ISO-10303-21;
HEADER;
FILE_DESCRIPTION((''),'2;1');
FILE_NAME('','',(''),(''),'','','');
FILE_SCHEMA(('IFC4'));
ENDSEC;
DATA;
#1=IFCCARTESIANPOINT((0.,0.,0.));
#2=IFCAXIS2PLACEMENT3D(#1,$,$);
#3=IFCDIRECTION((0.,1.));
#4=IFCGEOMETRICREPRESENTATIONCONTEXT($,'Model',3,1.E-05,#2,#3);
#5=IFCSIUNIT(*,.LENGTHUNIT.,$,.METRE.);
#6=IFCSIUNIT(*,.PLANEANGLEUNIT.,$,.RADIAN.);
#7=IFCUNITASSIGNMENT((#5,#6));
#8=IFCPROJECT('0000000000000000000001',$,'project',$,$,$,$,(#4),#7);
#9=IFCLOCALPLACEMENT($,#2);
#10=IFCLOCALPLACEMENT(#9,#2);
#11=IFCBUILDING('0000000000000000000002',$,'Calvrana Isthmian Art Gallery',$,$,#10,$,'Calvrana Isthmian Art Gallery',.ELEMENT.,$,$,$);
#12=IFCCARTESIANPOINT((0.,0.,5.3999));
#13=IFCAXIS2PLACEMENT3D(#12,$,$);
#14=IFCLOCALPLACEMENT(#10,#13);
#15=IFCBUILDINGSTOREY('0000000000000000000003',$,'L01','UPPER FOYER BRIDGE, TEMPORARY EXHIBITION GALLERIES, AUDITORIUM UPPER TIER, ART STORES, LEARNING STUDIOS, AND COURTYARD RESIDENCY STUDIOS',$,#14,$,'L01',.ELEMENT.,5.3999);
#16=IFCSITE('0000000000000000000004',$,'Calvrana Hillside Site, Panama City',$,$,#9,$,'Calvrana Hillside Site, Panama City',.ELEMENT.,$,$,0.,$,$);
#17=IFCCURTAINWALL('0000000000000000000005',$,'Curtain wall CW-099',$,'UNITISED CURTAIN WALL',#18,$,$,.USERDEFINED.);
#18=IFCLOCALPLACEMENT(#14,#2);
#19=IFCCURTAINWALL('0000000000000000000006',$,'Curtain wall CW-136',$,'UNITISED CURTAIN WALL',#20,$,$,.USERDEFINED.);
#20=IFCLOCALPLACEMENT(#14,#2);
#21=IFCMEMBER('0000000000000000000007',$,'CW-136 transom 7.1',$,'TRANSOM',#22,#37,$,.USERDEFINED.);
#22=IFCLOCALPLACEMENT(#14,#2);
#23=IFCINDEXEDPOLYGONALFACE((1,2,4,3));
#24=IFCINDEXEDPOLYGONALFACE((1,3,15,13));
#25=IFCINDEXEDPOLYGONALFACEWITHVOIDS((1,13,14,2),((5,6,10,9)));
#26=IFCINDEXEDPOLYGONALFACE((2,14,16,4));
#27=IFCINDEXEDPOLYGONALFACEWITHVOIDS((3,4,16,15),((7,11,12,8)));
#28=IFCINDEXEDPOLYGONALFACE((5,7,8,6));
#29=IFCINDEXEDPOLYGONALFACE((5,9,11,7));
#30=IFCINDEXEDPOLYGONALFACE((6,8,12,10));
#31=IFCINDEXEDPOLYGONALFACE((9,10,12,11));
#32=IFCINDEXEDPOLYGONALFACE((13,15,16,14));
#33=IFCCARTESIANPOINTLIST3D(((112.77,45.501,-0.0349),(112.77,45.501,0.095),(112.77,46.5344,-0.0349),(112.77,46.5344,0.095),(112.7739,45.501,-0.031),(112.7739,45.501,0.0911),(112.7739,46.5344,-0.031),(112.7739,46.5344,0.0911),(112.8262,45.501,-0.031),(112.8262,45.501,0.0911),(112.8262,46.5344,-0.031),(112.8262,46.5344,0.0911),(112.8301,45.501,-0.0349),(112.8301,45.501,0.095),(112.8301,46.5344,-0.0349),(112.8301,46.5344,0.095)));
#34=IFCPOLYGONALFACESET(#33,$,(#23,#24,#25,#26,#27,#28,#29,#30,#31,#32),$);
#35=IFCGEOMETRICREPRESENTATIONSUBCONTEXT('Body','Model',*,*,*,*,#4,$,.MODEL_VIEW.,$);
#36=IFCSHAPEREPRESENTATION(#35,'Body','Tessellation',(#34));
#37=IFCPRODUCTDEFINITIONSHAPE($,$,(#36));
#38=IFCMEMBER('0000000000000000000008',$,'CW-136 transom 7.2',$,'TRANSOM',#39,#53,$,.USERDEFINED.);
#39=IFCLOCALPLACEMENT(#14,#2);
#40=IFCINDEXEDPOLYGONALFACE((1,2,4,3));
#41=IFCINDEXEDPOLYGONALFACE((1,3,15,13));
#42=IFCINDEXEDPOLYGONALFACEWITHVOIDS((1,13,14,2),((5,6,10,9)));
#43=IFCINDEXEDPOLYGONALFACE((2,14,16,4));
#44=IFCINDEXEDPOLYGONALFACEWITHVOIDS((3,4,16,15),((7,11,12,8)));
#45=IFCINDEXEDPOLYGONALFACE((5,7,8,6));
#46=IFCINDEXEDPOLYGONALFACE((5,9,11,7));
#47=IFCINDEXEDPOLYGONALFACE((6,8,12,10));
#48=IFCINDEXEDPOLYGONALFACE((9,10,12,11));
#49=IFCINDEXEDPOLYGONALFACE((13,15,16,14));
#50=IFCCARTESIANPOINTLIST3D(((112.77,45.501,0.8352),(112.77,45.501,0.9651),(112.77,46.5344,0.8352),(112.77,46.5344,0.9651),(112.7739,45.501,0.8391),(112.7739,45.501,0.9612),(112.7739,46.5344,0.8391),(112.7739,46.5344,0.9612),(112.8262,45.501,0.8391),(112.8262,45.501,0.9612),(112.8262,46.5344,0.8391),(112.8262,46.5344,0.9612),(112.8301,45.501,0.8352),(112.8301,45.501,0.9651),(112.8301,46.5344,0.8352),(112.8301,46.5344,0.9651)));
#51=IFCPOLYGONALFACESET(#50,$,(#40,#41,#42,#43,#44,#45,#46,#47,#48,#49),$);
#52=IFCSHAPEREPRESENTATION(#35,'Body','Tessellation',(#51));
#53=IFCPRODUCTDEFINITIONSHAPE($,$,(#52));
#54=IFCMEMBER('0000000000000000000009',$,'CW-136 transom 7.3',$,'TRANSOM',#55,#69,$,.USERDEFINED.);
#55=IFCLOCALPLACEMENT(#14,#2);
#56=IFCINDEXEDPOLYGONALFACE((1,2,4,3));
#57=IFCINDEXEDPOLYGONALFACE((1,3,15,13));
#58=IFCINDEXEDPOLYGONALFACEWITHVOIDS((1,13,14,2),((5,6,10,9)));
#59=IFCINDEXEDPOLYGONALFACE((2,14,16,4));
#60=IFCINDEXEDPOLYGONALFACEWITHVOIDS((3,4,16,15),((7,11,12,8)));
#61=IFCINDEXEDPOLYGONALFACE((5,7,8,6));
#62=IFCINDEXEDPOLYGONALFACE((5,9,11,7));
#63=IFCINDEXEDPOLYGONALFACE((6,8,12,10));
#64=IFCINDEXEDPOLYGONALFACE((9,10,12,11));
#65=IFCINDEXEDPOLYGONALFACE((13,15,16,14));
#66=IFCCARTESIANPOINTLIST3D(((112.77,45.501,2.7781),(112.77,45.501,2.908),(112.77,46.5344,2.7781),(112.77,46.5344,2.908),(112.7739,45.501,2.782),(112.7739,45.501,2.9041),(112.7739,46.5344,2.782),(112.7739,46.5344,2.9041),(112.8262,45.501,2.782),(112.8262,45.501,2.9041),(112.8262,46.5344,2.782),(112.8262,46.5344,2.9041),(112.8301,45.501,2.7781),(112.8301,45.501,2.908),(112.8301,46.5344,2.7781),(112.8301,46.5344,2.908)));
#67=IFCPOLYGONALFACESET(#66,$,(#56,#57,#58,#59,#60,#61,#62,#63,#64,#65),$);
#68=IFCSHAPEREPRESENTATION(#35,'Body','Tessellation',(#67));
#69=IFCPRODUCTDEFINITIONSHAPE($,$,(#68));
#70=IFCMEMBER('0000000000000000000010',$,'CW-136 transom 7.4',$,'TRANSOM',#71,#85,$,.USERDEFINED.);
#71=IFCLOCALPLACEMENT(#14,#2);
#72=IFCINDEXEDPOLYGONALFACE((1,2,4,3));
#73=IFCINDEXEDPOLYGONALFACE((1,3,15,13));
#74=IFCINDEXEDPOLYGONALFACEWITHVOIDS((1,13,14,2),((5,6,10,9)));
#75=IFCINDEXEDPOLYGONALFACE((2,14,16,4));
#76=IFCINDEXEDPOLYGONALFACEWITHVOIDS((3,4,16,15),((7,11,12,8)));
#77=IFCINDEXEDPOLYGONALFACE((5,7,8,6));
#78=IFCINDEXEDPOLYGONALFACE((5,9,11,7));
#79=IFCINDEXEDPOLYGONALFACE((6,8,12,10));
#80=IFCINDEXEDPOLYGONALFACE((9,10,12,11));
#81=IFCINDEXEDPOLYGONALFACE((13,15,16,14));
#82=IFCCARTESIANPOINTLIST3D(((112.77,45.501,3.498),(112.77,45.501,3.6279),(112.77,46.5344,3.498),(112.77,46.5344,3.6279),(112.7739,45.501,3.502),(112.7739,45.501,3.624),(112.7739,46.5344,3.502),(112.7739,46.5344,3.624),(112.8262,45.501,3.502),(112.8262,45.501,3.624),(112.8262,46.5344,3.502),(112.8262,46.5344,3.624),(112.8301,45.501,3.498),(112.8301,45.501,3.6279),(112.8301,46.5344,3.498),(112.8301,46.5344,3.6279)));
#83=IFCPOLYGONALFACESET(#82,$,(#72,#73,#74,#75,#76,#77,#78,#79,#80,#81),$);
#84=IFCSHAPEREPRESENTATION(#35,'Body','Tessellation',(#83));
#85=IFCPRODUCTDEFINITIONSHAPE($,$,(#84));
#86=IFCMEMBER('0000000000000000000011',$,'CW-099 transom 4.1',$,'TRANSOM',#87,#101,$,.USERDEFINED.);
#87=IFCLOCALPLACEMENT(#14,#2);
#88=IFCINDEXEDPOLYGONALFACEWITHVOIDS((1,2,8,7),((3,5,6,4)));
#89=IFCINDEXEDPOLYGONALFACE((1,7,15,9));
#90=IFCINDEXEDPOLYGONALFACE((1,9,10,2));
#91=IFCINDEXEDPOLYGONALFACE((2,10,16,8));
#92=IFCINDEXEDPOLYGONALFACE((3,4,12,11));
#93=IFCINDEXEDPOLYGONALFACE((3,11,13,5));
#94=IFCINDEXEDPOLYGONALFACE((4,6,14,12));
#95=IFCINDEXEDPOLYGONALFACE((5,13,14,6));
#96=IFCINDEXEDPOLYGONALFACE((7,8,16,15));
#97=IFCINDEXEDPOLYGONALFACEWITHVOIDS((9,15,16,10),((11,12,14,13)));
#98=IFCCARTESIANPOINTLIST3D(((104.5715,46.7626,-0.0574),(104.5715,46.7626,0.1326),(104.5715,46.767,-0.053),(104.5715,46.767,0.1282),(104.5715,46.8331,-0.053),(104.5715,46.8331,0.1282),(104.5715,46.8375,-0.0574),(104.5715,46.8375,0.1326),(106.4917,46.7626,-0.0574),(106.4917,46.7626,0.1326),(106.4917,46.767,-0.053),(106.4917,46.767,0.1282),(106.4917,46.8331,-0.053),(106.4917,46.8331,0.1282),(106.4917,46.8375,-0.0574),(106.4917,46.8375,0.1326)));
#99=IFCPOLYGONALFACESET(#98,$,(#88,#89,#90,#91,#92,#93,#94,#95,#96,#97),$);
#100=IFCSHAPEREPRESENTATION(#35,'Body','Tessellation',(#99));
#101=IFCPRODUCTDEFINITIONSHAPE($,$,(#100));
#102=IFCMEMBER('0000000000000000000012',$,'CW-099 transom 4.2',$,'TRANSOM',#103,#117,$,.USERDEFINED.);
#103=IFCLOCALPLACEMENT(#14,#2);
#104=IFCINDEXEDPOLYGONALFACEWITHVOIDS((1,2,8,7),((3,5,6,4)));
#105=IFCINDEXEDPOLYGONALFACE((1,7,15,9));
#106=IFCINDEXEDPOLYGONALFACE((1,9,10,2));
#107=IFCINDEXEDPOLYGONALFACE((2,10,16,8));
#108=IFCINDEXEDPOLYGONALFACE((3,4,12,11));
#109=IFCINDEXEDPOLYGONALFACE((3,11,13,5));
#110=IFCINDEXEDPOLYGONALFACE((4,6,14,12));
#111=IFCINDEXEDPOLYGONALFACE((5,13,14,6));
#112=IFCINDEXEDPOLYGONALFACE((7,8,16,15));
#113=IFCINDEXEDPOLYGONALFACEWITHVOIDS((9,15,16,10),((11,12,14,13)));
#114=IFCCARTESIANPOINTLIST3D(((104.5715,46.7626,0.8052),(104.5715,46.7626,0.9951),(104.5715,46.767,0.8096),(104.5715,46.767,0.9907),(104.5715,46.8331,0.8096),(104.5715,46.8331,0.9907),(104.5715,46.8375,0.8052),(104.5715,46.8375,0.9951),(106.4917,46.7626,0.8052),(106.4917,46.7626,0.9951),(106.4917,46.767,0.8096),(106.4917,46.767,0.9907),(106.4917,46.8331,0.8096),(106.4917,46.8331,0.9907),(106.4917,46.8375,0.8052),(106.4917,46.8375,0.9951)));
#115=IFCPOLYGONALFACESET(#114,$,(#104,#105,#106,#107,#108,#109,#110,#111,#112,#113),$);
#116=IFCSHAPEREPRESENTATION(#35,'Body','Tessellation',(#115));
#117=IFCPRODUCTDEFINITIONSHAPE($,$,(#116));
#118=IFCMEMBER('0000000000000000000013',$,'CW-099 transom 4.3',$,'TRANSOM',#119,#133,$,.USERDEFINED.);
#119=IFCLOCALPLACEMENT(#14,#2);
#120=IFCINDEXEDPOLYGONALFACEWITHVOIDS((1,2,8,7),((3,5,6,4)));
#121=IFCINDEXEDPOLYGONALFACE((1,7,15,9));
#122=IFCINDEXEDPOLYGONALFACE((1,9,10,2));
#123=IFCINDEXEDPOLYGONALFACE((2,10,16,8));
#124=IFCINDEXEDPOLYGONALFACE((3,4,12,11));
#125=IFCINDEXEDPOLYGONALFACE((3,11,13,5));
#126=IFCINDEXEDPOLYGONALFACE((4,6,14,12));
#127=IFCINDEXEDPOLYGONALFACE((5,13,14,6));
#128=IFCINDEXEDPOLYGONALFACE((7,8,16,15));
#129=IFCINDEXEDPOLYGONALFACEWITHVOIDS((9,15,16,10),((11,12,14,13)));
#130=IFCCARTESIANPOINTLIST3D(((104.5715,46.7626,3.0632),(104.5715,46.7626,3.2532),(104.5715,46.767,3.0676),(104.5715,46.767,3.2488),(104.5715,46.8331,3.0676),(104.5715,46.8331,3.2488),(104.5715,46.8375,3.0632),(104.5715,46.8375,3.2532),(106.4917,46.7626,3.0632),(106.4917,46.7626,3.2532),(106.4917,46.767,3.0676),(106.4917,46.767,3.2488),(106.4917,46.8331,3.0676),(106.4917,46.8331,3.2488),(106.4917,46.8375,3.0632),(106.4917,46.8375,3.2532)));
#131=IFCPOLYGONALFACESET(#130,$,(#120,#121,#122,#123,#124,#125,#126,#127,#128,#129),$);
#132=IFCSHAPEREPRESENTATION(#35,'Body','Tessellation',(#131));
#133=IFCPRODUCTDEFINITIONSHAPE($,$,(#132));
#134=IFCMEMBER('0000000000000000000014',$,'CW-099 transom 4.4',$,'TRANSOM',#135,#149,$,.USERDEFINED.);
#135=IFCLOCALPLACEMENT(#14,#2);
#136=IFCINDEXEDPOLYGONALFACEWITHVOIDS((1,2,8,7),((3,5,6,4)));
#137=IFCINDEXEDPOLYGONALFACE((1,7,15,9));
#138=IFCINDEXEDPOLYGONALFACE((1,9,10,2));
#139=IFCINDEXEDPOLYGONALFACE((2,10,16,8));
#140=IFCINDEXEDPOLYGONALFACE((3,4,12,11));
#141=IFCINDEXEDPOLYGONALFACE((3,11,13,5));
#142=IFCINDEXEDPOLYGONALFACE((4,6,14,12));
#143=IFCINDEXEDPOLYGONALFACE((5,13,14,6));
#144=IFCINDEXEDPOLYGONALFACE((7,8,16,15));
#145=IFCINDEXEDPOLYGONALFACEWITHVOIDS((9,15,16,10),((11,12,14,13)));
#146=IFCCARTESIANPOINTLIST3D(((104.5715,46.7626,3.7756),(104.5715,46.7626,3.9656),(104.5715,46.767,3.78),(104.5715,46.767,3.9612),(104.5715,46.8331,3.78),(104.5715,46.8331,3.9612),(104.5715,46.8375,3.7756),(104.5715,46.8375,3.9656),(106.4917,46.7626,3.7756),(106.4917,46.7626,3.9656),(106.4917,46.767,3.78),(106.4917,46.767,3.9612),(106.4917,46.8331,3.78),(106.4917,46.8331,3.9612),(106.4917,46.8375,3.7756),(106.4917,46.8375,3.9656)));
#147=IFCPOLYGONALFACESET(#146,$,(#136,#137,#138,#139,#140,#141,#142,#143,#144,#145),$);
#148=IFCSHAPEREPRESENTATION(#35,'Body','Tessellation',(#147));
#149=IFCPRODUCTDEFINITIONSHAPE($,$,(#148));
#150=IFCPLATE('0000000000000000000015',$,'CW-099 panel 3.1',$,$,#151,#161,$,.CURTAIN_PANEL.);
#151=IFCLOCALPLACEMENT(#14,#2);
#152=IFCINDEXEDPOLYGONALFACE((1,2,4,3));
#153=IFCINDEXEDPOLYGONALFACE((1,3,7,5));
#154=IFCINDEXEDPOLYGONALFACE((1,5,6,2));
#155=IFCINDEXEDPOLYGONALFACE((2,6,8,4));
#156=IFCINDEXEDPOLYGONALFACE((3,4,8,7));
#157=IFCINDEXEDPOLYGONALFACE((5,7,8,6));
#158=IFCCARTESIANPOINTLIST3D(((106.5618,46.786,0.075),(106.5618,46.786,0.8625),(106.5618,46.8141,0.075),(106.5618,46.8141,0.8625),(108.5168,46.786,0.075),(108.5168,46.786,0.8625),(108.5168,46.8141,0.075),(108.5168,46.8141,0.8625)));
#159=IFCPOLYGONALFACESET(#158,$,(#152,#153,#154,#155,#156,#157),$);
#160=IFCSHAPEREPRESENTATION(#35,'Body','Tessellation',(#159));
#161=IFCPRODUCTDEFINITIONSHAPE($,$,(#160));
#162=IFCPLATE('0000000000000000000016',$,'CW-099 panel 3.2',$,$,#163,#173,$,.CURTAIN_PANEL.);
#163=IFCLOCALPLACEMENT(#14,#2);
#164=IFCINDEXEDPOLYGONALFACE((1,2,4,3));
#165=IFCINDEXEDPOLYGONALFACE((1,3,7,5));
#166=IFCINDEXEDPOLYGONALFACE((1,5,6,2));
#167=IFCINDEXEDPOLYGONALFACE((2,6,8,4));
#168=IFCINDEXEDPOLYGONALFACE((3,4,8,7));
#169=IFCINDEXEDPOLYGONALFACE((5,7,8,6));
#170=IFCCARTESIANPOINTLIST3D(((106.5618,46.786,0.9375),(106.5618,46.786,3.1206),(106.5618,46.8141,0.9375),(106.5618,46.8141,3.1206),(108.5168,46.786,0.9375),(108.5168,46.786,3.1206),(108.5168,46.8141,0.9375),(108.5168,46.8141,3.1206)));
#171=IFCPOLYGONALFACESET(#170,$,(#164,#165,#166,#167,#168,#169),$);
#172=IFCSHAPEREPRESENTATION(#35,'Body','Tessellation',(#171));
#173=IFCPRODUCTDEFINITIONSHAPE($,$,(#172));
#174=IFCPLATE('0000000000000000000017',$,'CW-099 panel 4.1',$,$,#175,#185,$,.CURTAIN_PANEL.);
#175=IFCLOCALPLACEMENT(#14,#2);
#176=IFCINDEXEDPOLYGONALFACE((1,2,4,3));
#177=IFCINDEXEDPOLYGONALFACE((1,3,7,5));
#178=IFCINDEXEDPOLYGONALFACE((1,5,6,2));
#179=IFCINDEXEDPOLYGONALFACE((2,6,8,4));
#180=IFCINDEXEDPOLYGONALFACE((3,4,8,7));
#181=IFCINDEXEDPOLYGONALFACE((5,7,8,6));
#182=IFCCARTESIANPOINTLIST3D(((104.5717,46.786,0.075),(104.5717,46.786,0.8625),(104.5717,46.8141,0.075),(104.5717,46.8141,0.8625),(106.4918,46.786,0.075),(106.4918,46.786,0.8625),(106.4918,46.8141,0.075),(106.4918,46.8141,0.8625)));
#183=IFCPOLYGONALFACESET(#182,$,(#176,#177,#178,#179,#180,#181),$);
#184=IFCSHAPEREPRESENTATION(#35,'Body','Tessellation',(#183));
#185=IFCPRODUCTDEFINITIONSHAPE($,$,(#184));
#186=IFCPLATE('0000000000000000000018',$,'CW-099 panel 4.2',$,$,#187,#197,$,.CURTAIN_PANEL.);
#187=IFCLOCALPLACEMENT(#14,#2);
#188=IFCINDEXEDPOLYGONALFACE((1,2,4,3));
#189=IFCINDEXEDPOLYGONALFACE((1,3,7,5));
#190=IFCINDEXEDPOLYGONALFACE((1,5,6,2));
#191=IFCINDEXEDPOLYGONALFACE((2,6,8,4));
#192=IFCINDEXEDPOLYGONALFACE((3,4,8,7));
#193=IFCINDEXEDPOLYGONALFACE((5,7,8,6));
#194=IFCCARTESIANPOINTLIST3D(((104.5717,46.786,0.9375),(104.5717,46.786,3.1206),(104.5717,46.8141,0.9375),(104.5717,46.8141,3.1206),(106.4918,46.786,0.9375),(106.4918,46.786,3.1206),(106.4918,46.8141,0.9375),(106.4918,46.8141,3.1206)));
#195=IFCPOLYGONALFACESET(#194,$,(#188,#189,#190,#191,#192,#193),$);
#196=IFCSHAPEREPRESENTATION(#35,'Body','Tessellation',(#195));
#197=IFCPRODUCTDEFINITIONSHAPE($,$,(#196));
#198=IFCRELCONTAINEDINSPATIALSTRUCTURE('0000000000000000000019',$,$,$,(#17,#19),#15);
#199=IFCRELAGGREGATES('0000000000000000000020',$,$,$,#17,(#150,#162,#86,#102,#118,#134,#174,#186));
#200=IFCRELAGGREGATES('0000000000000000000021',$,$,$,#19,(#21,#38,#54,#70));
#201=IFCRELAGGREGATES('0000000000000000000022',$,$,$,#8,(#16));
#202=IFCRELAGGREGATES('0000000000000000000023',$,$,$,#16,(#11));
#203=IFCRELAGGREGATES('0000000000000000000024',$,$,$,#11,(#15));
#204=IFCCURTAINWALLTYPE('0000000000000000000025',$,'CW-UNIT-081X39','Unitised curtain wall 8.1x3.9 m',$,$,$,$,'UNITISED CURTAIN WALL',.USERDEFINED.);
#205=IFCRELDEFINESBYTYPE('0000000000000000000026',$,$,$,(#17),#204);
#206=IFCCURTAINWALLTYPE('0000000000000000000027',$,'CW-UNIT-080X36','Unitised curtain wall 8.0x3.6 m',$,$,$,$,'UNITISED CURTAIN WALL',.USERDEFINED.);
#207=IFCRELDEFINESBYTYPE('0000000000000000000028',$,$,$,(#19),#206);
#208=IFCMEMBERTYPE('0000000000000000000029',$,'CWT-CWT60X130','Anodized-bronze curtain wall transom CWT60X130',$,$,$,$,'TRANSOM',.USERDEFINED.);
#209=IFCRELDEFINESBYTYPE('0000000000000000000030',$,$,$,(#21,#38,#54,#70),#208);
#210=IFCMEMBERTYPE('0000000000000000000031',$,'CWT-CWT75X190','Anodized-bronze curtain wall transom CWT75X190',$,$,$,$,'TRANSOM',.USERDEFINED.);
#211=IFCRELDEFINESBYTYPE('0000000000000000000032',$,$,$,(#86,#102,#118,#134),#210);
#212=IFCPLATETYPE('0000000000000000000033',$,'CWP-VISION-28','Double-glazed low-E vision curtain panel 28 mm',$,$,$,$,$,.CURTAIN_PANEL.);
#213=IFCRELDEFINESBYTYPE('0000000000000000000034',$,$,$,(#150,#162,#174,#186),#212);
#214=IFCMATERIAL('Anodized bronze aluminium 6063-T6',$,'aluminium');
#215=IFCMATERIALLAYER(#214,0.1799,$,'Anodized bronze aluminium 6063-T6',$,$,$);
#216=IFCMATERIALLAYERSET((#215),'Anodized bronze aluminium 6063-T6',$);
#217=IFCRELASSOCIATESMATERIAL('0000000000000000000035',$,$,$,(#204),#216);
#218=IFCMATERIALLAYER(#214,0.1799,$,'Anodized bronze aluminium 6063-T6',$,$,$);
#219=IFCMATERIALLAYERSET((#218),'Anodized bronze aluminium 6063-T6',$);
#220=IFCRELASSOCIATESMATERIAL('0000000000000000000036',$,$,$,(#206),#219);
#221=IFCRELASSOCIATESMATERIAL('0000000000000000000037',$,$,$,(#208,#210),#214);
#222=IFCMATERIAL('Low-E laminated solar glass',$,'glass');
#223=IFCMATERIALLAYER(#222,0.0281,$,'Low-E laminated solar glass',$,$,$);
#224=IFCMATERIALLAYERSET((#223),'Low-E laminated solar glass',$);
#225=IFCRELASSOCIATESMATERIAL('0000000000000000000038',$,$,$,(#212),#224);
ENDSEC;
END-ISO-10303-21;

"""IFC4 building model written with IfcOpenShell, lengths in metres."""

from ifc_helpers import new_model, si_unit, direction, frame, origin, origin_2d, place, context, subcontext, project, spatial, rectangle, hollow_rectangle, extrude, material, layer, layer_set, material_profile, profile_set, type_object, element, aggregate, save


model = new_model("IFC4")

# Units and contexts
model_context = context("Model", 3, precision=1e-05, world=origin(), true_north=direction((0.0, 1.0)))
body_context = subcontext(model_context, "Body", "Model", "MODEL_VIEW")
ifc_project = project(units=[si_unit("LENGTHUNIT", "METRE"), si_unit("PLANEANGLEUNIT", "RADIAN")], contexts=[model_context])

# Site, building, storey
site_placement = place(None, origin())
site = spatial("IfcSite", under=ifc_project, at=site_placement, Name="Calvrana Hillside Site, Panama City", LongName="Calvrana Hillside Site, Panama City", CompositionType="ELEMENT", RefElevation=0.0)
building_placement = place(site_placement, origin())
building = spatial("IfcBuilding", under=site, at=building_placement, Name="Calvrana Isthmian Art Gallery", LongName="Calvrana Isthmian Art Gallery", CompositionType="ELEMENT")
storey_placement = place(building_placement, frame((0.0, 0.0, 5.3999)))
storey = spatial("IfcBuildingStorey", under=building, at=storey_placement, Name="L01", Description="UPPER FOYER BRIDGE, TEMPORARY EXHIBITION GALLERIES, AUDITORIUM UPPER TIER, ART STORES, LEARNING STUDIOS, AND COURTYARD RESIDENCY STUDIOS", LongName="L01", CompositionType="ELEMENT", Elevation=5.3999)

# Curtain wall
ifc_material_1 = material(Name="Anodized bronze aluminium 6063-T6", Category="aluminium")
ifc_layer_1 = layer(ifc_material_1, 0.1799, Name="Anodized bronze aluminium 6063-T6")
ifc_layer_set_1 = layer_set([ifc_layer_1], Name="Anodized bronze aluminium 6063-T6")
curtain_wall_type_1 = type_object("IfcCurtainWallType", Name="CW-UNIT-081X39", Description="Unitised curtain wall 8.1x3.9 m", ElementType="UNITISED CURTAIN WALL", PredefinedType="USERDEFINED", material=ifc_layer_set_1)
curtain_wall_1_placement = place(storey_placement, origin())
curtain_wall_1 = element("IfcCurtainWall", 1, at=curtain_wall_1_placement, inside=storey, type_object=curtain_wall_type_1, Name="Curtain wall CW-099", ObjectType="UNITISED CURTAIN WALL", PredefinedType="USERDEFINED")

# Curtain wall, members
ifc_layer_2 = layer(ifc_material_1, 0.1799, Name="Anodized bronze aluminium 6063-T6")
ifc_layer_set_2 = layer_set([ifc_layer_2], Name="Anodized bronze aluminium 6063-T6")
curtain_wall_type_2 = type_object("IfcCurtainWallType", Name="CW-UNIT-080X36", Description="Unitised curtain wall 8.0x3.6 m", ElementType="UNITISED CURTAIN WALL", PredefinedType="USERDEFINED", material=ifc_layer_set_2)
curtain_wall_2_placement = place(storey_placement, origin())
curtain_wall_2 = element("IfcCurtainWall", 2, at=curtain_wall_2_placement, inside=storey, type_object=curtain_wall_type_2, Name="Curtain wall CW-136", ObjectType="UNITISED CURTAIN WALL", PredefinedType="USERDEFINED")
ifc_material_profile_1 = material_profile(ifc_material_1, hollow_rectangle(XDim=0.0601, YDim=0.1299, WallThickness=0.0039, at=origin_2d()), Name="CWT60X130")
ifc_profile_set_1 = profile_set([ifc_material_profile_1], Name="Anodized bronze aluminium 6063-T6")
member_type_1 = type_object("IfcMemberType", Name="CWT-CWT60X130", Description="Anodized-bronze curtain wall transom CWT60X130", ElementType="TRANSOM", PredefinedType="USERDEFINED", material=ifc_profile_set_1)
member_1_placement = place(storey_placement, frame((112.8, 45.501, 0.03), z_axis=(0.0, 1.0, 0.0), x_axis=(-1.0, 0.0, 0.0)))
member_1 = element("IfcMember", 3, at=member_1_placement, type_object=member_type_1, Name="CW-136 transom 7.1", ObjectType="TRANSOM", PredefinedType="USERDEFINED", context=body_context, shape_type="SweptSolid", body=[
    extrude(hollow_rectangle(XDim=0.0601, YDim=0.1299, WallThickness=0.0039, at=origin_2d()), origin(), (0.0, 0.0, 1.0), 1.0334),
])
member_2_placement = place(storey_placement, frame((112.8, 45.501, 0.9001), z_axis=(0.0, 1.0, 0.0), x_axis=(-1.0, 0.0, 0.0)))
member_2 = element("IfcMember", 4, at=member_2_placement, type_object=member_type_1, Name="CW-136 transom 7.2", ObjectType="TRANSOM", PredefinedType="USERDEFINED", context=body_context, shape_type="SweptSolid", body=[
    extrude(hollow_rectangle(XDim=0.0601, YDim=0.1299, WallThickness=0.0039, at=origin_2d()), origin(), (0.0, 0.0, 1.0), 1.0334),
])
member_3_placement = place(storey_placement, frame((112.8, 45.501, 2.843), z_axis=(0.0, 1.0, 0.0), x_axis=(-1.0, 0.0, 0.0)))
member_3 = element("IfcMember", 5, at=member_3_placement, type_object=member_type_1, Name="CW-136 transom 7.3", ObjectType="TRANSOM", PredefinedType="USERDEFINED", context=body_context, shape_type="SweptSolid", body=[
    extrude(hollow_rectangle(XDim=0.0601, YDim=0.1299, WallThickness=0.0039, at=origin_2d()), origin(), (0.0, 0.0, 1.0), 1.0334),
])
member_4_placement = place(storey_placement, frame((112.8, 45.501, 3.563), z_axis=(0.0, 1.0, 0.0), x_axis=(-1.0, 0.0, 0.0)))
member_4 = element("IfcMember", 6, at=member_4_placement, type_object=member_type_1, Name="CW-136 transom 7.4", ObjectType="TRANSOM", PredefinedType="USERDEFINED", context=body_context, shape_type="SweptSolid", body=[
    extrude(hollow_rectangle(XDim=0.0601, YDim=0.1299, WallThickness=0.0039, at=origin_2d()), origin(), (0.0, 0.0, 1.0), 1.0334),
])

# Members
ifc_material_profile_2 = material_profile(ifc_material_1, hollow_rectangle(XDim=0.075, YDim=0.1899, WallThickness=0.0044, at=origin_2d()), Name="CWT75X190")
ifc_profile_set_2 = profile_set([ifc_material_profile_2], Name="Anodized bronze aluminium 6063-T6")
member_type_2 = type_object("IfcMemberType", Name="CWT-CWT75X190", Description="Anodized-bronze curtain wall transom CWT75X190", ElementType="TRANSOM", PredefinedType="USERDEFINED", material=ifc_profile_set_2)
member_5_placement = place(storey_placement, frame((106.4917, 46.8, 0.0376), z_axis=(-1.0, 0.0, 0.0), x_axis=(0.0, -1.0, 0.0)))
member_5 = element("IfcMember", 7, at=member_5_placement, type_object=member_type_2, Name="CW-099 transom 4.1", ObjectType="TRANSOM", PredefinedType="USERDEFINED", context=body_context, shape_type="SweptSolid", body=[
    extrude(hollow_rectangle(XDim=0.075, YDim=0.1899, WallThickness=0.0044, at=origin_2d()), origin(), (0.0, 0.0, 1.0), 1.9202),
])
member_6_placement = place(storey_placement, frame((106.4917, 46.8, 0.9001), z_axis=(-1.0, 0.0, 0.0), x_axis=(0.0, -1.0, 0.0)))
member_6 = element("IfcMember", 8, at=member_6_placement, type_object=member_type_2, Name="CW-099 transom 4.2", ObjectType="TRANSOM", PredefinedType="USERDEFINED", context=body_context, shape_type="SweptSolid", body=[
    extrude(hollow_rectangle(XDim=0.075, YDim=0.1899, WallThickness=0.0044, at=origin_2d()), origin(), (0.0, 0.0, 1.0), 1.9202),
])
member_7_placement = place(storey_placement, frame((106.4917, 46.8, 3.1582), z_axis=(-1.0, 0.0, 0.0), x_axis=(0.0, -1.0, 0.0)))
member_7 = element("IfcMember", 9, at=member_7_placement, type_object=member_type_2, Name="CW-099 transom 4.3", ObjectType="TRANSOM", PredefinedType="USERDEFINED", context=body_context, shape_type="SweptSolid", body=[
    extrude(hollow_rectangle(XDim=0.075, YDim=0.1899, WallThickness=0.0044, at=origin_2d()), origin(), (0.0, 0.0, 1.0), 1.9202),
])
member_8_placement = place(storey_placement, frame((106.4917, 46.8, 3.8706), z_axis=(-1.0, 0.0, 0.0), x_axis=(0.0, -1.0, 0.0)))
member_8 = element("IfcMember", 10, at=member_8_placement, type_object=member_type_2, Name="CW-099 transom 4.4", ObjectType="TRANSOM", PredefinedType="USERDEFINED", context=body_context, shape_type="SweptSolid", body=[
    extrude(hollow_rectangle(XDim=0.075, YDim=0.1899, WallThickness=0.0044, at=origin_2d()), origin(), (0.0, 0.0, 1.0), 1.9202),
])

# Plates
ifc_material_2 = material(Name="Low-E laminated solar glass", Category="glass")
ifc_layer_3 = layer(ifc_material_2, 0.0281, Name="Low-E laminated solar glass")
ifc_layer_set_3 = layer_set([ifc_layer_3], Name="Low-E laminated solar glass")
plate_type = type_object("IfcPlateType", Name="CWP-VISION-28", Description="Double-glazed low-E vision curtain panel 28 mm", PredefinedType="CURTAIN_PANEL", material=ifc_layer_set_3)
plate_1_placement = place(storey_placement, frame((107.5393, 46.8, 0.075), z_axis=(0.0, 0.0, 1.0), x_axis=(-1.0, 0.0, 0.0)))
plate_1 = element("IfcPlate", 11, at=plate_1_placement, type_object=plate_type, Name="CW-099 panel 3.1", PredefinedType="CURTAIN_PANEL", context=body_context, shape_type="SweptSolid", body=[
    extrude(rectangle(XDim=1.9551, YDim=0.0281, at=origin_2d()), origin(), (0.0, 0.0, 1.0), 0.7876),
])
plate_2_placement = place(storey_placement, frame((107.5393, 46.8, 0.9375), z_axis=(0.0, 0.0, 1.0), x_axis=(-1.0, 0.0, 0.0)))
plate_2 = element("IfcPlate", 12, at=plate_2_placement, type_object=plate_type, Name="CW-099 panel 3.2", PredefinedType="CURTAIN_PANEL", context=body_context, shape_type="SweptSolid", body=[
    extrude(rectangle(XDim=1.9551, YDim=0.0281, at=origin_2d()), origin(), (0.0, 0.0, 1.0), 2.1831),
])
plate_3_placement = place(storey_placement, frame((105.5317, 46.8, 0.075), z_axis=(0.0, 0.0, 1.0), x_axis=(-1.0, 0.0, 0.0)))
plate_3 = element("IfcPlate", 13, at=plate_3_placement, type_object=plate_type, Name="CW-099 panel 4.1", PredefinedType="CURTAIN_PANEL", context=body_context, shape_type="SweptSolid", body=[
    extrude(rectangle(XDim=1.9202, YDim=0.0281, at=origin_2d()), origin(), (0.0, 0.0, 1.0), 0.7876),
])
plate_4_placement = place(storey_placement, frame((105.5317, 46.8, 0.9375), z_axis=(0.0, 0.0, 1.0), x_axis=(-1.0, 0.0, 0.0)))
plate_4 = element("IfcPlate", 14, at=plate_4_placement, type_object=plate_type, Name="CW-099 panel 4.2", PredefinedType="CURTAIN_PANEL", context=body_context, shape_type="SweptSolid", body=[
    extrude(rectangle(XDim=1.9202, YDim=0.0281, at=origin_2d()), origin(), (0.0, 0.0, 1.0), 2.1831),
])
aggregate(curtain_wall_1, [plate_1, plate_2, member_5, member_6, member_7, member_8, plate_3, plate_4])
aggregate(curtain_wall_2, [member_1, member_2, member_3, member_4])

save(model, "model.ifc")
